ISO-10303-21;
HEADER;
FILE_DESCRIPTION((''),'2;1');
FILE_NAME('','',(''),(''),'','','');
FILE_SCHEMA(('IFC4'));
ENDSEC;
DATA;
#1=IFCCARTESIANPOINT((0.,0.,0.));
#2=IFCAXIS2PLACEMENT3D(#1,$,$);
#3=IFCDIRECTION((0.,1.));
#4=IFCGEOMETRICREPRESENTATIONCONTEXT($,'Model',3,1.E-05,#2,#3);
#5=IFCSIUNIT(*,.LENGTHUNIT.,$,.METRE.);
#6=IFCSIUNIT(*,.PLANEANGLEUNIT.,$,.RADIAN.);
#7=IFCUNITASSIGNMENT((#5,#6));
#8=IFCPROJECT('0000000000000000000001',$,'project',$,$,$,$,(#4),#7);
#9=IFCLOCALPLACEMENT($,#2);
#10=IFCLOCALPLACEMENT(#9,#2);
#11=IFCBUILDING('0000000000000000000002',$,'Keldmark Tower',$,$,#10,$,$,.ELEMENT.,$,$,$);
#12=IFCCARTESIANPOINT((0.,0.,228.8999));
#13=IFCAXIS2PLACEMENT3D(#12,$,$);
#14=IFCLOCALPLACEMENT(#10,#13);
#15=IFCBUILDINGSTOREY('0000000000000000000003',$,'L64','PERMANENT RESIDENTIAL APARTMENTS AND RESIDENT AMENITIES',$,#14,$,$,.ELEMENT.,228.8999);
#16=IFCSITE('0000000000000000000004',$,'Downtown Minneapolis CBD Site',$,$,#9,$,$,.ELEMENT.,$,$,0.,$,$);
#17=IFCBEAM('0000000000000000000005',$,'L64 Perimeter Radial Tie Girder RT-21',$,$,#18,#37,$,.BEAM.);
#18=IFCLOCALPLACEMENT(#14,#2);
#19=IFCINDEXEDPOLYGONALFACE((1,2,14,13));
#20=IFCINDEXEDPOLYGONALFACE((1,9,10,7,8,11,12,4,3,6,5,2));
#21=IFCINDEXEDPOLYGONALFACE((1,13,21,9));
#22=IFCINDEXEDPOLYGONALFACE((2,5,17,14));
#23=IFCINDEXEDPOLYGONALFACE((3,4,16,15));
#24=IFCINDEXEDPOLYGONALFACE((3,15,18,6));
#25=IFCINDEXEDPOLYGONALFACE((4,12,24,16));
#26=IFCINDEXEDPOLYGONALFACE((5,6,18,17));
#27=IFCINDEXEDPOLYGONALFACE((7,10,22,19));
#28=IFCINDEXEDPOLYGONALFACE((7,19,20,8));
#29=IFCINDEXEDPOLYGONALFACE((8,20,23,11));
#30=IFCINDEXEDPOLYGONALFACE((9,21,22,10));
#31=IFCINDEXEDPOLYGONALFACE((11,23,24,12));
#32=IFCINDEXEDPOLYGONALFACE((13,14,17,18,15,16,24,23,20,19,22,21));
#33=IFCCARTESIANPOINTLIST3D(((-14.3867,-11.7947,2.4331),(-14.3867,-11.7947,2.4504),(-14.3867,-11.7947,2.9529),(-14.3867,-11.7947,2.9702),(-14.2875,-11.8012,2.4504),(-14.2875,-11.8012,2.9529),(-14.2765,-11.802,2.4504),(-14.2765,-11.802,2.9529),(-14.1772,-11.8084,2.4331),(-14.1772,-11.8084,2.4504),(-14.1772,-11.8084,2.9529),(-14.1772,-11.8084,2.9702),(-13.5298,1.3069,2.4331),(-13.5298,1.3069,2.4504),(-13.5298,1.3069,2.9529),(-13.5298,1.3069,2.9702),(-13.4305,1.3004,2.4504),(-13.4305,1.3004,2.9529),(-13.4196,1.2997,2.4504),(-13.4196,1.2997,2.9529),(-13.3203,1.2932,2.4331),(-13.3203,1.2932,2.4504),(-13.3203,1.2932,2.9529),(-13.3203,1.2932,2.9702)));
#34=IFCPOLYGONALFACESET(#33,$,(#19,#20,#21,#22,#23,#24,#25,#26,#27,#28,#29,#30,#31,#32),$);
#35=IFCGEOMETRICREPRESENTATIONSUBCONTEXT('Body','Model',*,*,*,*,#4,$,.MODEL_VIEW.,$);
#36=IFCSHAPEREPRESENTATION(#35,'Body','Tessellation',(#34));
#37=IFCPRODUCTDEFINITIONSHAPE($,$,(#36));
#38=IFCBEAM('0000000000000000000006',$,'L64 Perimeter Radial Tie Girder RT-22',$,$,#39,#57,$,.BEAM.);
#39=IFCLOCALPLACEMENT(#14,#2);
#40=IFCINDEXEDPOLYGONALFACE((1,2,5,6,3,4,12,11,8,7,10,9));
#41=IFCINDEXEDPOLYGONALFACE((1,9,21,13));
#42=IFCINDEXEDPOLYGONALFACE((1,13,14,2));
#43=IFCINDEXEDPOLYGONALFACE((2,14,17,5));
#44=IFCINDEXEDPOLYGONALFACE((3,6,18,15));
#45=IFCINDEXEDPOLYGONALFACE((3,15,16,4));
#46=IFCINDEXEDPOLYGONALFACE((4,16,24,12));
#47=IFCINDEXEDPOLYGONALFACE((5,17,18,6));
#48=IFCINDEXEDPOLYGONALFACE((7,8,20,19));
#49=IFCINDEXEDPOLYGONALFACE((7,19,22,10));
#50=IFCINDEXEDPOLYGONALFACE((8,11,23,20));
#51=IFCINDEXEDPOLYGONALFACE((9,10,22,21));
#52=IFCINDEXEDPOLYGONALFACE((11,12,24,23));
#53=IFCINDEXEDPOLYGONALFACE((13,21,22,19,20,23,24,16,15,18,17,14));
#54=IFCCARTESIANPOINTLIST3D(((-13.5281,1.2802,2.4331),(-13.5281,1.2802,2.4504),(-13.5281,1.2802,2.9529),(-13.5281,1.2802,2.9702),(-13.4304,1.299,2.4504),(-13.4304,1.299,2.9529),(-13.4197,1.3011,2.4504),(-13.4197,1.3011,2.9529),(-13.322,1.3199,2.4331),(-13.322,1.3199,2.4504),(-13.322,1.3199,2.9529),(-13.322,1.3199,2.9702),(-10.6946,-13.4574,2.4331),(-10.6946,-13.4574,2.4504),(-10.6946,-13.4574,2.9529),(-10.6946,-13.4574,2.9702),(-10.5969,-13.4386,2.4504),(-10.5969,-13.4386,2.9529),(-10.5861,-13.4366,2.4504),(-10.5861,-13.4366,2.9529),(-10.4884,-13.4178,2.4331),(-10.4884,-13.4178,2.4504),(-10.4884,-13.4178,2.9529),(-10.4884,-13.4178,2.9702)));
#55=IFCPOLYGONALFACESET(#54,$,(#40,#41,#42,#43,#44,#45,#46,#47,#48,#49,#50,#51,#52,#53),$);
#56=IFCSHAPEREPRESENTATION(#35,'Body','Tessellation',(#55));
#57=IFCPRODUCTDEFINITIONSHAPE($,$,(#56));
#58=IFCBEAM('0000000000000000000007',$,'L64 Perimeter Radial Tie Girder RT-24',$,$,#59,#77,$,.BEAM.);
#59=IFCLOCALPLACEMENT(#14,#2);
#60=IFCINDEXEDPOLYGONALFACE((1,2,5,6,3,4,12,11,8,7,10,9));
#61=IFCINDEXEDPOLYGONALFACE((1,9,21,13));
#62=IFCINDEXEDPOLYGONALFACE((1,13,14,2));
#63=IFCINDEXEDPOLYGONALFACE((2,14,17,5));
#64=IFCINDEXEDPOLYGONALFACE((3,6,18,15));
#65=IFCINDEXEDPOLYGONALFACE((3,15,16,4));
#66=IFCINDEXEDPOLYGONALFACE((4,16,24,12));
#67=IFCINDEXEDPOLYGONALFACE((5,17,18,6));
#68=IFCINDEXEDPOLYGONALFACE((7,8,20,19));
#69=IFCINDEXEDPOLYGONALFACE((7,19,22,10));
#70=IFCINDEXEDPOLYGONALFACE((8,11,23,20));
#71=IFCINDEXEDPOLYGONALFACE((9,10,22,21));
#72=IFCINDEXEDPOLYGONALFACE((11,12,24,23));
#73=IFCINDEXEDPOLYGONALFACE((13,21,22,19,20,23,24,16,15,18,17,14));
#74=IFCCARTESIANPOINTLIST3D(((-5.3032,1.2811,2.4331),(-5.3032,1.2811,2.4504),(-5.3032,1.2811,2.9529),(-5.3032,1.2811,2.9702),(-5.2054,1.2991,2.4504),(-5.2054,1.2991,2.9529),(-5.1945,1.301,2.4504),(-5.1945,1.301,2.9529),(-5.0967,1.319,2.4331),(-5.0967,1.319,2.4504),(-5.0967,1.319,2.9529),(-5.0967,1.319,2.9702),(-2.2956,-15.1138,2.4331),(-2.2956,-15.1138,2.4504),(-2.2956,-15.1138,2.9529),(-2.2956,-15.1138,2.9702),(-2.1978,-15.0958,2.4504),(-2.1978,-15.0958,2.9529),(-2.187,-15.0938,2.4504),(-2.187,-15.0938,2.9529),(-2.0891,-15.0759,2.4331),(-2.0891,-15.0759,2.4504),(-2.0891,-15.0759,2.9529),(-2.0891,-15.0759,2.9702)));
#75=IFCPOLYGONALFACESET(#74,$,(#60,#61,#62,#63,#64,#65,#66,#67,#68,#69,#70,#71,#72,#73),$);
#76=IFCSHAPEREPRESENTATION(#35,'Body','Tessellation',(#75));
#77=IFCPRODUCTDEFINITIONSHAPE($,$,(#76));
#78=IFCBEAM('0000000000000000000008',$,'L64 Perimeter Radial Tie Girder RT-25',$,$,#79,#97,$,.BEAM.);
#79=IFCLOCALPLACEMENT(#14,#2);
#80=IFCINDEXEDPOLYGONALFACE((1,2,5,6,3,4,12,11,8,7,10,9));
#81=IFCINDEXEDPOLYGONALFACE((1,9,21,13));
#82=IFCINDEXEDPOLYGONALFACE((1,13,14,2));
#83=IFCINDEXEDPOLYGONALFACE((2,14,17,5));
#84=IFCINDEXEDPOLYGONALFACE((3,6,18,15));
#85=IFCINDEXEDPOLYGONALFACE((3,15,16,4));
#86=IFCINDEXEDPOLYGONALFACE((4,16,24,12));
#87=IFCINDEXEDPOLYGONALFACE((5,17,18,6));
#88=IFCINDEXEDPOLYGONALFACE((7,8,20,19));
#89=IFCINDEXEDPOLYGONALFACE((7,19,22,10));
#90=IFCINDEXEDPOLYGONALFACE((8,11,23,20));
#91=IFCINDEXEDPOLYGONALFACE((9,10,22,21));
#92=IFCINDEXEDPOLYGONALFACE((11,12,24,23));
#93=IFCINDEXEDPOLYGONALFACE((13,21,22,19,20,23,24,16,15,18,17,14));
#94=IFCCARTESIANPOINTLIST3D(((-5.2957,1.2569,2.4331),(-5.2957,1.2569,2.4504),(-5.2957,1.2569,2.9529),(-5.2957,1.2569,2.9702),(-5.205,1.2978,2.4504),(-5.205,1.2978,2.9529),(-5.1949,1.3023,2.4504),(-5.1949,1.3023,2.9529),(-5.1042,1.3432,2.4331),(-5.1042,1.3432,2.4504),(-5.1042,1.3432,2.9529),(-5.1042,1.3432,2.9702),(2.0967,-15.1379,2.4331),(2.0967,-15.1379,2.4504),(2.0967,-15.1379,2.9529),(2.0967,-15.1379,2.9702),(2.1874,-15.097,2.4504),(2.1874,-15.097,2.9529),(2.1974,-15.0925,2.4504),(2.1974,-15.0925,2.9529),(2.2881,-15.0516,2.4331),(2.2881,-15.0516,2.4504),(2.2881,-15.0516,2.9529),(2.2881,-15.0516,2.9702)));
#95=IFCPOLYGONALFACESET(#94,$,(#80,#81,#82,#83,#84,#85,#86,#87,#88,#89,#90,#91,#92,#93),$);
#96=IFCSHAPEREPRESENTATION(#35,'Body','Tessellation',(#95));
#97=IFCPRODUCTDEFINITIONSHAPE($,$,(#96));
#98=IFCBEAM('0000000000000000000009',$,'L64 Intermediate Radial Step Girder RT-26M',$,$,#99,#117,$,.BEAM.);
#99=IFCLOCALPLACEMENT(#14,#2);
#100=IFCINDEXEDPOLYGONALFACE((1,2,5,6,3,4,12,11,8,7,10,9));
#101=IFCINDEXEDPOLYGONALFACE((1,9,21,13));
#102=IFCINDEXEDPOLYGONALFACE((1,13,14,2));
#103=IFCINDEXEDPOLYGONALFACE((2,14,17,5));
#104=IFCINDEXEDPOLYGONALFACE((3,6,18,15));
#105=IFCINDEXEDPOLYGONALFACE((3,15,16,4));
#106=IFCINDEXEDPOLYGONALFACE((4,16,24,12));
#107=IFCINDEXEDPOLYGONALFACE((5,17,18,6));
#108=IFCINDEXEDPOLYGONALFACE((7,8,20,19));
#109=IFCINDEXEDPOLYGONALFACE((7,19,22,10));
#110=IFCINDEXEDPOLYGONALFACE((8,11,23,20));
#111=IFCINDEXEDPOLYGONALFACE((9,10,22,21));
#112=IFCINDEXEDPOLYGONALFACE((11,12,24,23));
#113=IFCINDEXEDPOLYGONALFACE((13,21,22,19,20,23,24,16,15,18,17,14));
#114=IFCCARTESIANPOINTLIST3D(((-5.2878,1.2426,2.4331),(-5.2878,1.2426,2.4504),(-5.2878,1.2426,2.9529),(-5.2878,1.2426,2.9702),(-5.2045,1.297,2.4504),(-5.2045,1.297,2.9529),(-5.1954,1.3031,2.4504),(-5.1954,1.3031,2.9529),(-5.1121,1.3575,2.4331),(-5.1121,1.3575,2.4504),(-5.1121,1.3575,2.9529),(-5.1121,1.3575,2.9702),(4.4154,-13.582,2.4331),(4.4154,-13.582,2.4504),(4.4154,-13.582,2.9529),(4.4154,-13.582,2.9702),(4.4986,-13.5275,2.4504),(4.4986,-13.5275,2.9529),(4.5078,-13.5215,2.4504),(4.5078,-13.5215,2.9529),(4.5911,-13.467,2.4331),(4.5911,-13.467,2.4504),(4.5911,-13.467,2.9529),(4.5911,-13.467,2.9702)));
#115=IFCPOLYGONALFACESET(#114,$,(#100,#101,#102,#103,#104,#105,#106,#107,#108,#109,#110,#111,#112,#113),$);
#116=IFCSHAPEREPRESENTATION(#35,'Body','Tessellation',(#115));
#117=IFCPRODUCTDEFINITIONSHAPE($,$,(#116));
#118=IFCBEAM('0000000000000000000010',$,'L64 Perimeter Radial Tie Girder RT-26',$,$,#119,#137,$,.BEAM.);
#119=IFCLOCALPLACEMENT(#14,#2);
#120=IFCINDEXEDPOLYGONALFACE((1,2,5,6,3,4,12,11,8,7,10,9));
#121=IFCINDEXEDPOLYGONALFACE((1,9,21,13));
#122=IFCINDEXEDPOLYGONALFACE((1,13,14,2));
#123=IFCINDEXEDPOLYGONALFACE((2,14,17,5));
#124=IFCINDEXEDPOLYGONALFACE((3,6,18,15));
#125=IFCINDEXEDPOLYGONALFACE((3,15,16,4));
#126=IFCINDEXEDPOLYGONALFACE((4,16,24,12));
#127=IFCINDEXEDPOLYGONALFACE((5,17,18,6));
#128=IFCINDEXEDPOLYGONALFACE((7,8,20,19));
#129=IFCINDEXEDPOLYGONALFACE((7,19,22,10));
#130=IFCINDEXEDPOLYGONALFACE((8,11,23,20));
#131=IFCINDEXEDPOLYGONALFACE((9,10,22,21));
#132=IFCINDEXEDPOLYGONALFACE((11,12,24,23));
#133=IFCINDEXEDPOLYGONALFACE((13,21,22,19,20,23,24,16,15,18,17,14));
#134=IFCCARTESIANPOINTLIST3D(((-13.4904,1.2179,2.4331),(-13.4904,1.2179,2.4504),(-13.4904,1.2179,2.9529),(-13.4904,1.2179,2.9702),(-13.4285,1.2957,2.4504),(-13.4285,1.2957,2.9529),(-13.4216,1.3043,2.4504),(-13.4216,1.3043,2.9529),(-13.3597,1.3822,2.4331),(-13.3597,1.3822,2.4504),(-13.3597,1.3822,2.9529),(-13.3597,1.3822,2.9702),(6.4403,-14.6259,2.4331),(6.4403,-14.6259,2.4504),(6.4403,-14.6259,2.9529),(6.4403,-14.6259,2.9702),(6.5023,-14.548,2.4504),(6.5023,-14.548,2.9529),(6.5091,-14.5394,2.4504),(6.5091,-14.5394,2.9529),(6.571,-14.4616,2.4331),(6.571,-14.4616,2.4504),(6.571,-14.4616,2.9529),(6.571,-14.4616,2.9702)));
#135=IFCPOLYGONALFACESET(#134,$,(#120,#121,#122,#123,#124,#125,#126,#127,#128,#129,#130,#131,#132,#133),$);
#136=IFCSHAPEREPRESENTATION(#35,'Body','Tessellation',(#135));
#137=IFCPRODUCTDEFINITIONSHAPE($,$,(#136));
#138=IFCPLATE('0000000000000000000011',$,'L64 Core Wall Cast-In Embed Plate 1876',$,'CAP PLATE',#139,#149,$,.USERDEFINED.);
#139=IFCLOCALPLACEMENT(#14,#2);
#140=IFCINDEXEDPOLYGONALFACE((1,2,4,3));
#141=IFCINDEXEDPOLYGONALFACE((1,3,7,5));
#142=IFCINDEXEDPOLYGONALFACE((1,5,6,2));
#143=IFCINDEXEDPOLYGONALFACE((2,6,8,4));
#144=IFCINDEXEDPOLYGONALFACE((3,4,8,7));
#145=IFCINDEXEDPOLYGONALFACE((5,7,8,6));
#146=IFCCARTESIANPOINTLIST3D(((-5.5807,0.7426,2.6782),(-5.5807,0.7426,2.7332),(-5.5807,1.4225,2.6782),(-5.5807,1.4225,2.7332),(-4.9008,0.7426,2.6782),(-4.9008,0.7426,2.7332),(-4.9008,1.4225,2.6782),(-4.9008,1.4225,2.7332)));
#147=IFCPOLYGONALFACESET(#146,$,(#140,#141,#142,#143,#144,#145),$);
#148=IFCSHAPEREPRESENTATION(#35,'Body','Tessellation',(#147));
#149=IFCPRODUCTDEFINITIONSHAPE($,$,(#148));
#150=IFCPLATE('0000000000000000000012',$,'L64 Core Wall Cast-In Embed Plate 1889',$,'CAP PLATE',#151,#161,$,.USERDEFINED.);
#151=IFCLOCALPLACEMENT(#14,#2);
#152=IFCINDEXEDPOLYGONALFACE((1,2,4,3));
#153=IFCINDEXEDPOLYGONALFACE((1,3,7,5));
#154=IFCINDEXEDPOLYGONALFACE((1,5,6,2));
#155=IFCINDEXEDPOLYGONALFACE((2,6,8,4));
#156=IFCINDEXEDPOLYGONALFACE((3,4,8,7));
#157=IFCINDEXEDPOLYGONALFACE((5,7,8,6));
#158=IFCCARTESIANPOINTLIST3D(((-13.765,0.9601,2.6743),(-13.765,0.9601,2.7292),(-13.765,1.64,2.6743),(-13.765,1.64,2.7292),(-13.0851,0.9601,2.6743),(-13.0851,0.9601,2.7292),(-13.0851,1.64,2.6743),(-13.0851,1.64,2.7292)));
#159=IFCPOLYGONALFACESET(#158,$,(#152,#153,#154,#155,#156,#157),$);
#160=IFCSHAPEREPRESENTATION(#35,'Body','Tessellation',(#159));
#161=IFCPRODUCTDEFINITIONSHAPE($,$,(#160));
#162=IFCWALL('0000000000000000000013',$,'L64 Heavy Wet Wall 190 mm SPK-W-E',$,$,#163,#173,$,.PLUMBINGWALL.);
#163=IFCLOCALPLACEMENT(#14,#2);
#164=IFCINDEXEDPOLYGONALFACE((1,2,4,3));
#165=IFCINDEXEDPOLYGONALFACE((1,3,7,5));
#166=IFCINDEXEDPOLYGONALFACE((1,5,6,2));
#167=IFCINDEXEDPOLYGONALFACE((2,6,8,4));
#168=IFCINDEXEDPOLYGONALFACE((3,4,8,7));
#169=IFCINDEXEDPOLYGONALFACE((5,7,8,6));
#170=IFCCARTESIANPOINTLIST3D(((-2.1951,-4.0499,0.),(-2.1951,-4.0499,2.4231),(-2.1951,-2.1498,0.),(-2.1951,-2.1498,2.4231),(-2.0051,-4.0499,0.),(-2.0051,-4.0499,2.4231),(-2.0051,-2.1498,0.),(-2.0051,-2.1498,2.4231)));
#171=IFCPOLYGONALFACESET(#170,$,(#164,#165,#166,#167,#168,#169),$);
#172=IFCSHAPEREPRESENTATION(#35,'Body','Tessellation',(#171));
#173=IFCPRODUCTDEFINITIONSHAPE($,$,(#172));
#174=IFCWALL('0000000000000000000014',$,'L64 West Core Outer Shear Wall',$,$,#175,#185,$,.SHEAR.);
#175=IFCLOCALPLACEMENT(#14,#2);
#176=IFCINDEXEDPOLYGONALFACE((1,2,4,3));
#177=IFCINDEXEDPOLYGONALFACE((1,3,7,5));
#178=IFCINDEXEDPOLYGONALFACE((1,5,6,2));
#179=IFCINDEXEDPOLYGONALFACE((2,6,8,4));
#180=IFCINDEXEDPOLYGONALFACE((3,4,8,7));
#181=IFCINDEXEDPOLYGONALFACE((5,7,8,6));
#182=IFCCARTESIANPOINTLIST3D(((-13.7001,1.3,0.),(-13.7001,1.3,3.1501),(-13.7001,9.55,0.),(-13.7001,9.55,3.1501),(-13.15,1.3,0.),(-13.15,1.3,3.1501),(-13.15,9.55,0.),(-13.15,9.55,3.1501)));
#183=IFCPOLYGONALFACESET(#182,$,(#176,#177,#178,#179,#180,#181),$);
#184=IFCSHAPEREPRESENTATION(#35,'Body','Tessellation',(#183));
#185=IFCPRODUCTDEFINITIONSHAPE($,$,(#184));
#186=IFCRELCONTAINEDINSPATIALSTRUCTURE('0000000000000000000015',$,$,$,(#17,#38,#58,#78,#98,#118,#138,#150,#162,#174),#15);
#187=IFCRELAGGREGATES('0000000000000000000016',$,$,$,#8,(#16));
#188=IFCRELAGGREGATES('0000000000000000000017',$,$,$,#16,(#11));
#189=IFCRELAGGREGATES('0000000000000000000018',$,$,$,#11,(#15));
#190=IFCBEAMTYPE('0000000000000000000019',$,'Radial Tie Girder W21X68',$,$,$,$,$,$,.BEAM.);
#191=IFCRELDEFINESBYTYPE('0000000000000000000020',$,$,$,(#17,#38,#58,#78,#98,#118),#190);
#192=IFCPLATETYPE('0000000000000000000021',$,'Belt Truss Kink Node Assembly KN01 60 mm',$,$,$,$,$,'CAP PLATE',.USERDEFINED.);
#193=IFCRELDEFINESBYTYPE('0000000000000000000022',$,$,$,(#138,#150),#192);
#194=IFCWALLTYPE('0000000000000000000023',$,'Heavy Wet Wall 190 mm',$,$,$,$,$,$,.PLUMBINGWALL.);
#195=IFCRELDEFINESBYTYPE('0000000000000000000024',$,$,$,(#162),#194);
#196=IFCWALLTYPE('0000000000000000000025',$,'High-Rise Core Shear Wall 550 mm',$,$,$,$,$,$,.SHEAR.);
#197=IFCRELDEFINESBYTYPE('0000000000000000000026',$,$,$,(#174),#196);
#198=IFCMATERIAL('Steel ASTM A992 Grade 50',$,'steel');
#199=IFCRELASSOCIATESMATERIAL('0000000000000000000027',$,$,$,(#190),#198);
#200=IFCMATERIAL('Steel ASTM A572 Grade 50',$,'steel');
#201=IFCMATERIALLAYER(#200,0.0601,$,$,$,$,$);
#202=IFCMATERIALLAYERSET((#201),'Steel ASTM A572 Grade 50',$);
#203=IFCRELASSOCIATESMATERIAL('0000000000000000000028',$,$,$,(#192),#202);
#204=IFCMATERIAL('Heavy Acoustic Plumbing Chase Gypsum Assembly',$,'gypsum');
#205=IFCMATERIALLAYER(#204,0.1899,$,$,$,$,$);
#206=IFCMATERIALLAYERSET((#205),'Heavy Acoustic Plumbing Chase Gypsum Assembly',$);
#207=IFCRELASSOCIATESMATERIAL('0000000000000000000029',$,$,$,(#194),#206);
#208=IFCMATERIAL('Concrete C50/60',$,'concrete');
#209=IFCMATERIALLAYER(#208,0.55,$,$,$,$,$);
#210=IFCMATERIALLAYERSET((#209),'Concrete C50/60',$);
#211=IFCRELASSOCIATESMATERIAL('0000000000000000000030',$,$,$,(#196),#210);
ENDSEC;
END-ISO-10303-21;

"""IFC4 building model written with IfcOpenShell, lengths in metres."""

from ifc_helpers import new_model, si_unit, direction, frame, frame_2d, origin, origin_2d, place, context, subcontext, project, spatial, rectangle, i_section, extrude, material, layer, layer_set, material_profile, profile_set, type_object, element, save


model = new_model("IFC4")

# Units and contexts
model_context = context("Model", 3, precision=1e-05, world=origin(), true_north=direction((0.0, 1.0)))
body_context = subcontext(model_context, "Body", "Model", "MODEL_VIEW")
ifc_project = project(units=[si_unit("LENGTHUNIT", "METRE"), si_unit("PLANEANGLEUNIT", "RADIAN")], contexts=[model_context])

# Site, building, storey
site_placement = place(None, origin())
site = spatial("IfcSite", under=ifc_project, at=site_placement, Name="Downtown Minneapolis CBD Site", CompositionType="ELEMENT", RefElevation=0.0)
building_placement = place(site_placement, origin())
building = spatial("IfcBuilding", under=site, at=building_placement, Name="Keldmark Tower", CompositionType="ELEMENT")
storey_placement = place(building_placement, frame((0.0, 0.0, 228.8999)))
storey = spatial("IfcBuildingStorey", under=building, at=storey_placement, Name="L64", Description="PERMANENT RESIDENTIAL APARTMENTS AND RESIDENT AMENITIES", CompositionType="ELEMENT", Elevation=228.8999)

# Beams
ifc_material_1 = material(Name="Steel ASTM A992 Grade 50", Category="steel")
ifc_material_profile_1 = material_profile(ifc_material_1, i_section(OverallWidth=0.21, OverallDepth=0.5371, WebThickness=0.011, FlangeThickness=0.0173, at=origin_2d()), Name="W21X68")
ifc_profile_set_1 = profile_set([ifc_material_profile_1], Name="Steel ASTM A992 Grade 50")
beam_type_1 = type_object("IfcBeamType", Name="Radial Tie Girder W21X68", PredefinedType="BEAM", material=ifc_profile_set_1)
beam_1_placement = place(storey_placement, frame((-13.425, 1.3, 2.7017), z_axis=(-0.065268, -0.997868, 0.0), x_axis=(0.997868, -0.065268, 0.0)))
element("IfcBeam", 1, at=beam_1_placement, inside=storey, type_object=beam_type_1, Name="L64 Perimeter Radial Tie Girder RT-21", PredefinedType="BEAM", context=body_context, shape_type="SweptSolid", body=[
    extrude(i_section(OverallWidth=0.21, OverallDepth=0.5371, WebThickness=0.011, FlangeThickness=0.0173, at=origin_2d()), origin(), (0.0, 0.0, 1.0), 13.1296),
])
beam_2_placement = place(storey_placement, frame((-13.425, 1.3, 2.7017), z_axis=(0.188806, -0.982014, 0.0), x_axis=(0.982014, 0.188806, 0.0)))
element("IfcBeam", 2, at=beam_2_placement, inside=storey, type_object=beam_type_1, Name="L64 Perimeter Radial Tie Girder RT-22", PredefinedType="BEAM", context=body_context, shape_type="SweptSolid", body=[
    extrude(i_section(OverallWidth=0.21, OverallDepth=0.5371, WebThickness=0.011, FlangeThickness=0.0173, at=origin_2d()), origin(), (0.0, 0.0, 1.0), 15.0076),
])
beam_3_placement = place(storey_placement, frame((-5.2, 1.3, 2.7017), z_axis=(0.180436, -0.983587, 0.0), x_axis=(0.983587, 0.180436, 0.0)))
element("IfcBeam", 3, at=beam_3_placement, inside=storey, type_object=beam_type_1, Name="L64 Perimeter Radial Tie Girder RT-24", PredefinedType="BEAM", context=body_context, shape_type="SweptSolid", body=[
    extrude(i_section(OverallWidth=0.21, OverallDepth=0.5371, WebThickness=0.011, FlangeThickness=0.0173, at=origin_2d()), origin(), (0.0, 0.0, 1.0), 16.6685),
])
beam_4_placement = place(storey_placement, frame((-5.2, 1.3, 2.7017), z_axis=(0.411044, -0.911616, 0.0), x_axis=(0.911616, 0.411044, 0.0)))
element("IfcBeam", 4, at=beam_4_placement, inside=storey, type_object=beam_type_1, Name="L64 Perimeter Radial Tie Girder RT-25", PredefinedType="BEAM", context=body_context, shape_type="SweptSolid", body=[
    extrude(i_section(OverallWidth=0.21, OverallDepth=0.5371, WebThickness=0.011, FlangeThickness=0.0173, at=origin_2d()), origin(), (0.0, 0.0, 1.0), 17.9844),
])
beam_5_placement = place(storey_placement, frame((-5.2, 1.3, 2.7017), z_axis=(0.547653, -0.836706, 0.0), x_axis=(0.836706, 0.547653, 0.0)))
element("IfcBeam", 5, at=beam_5_placement, inside=storey, type_object=beam_type_1, Name="L64 Intermediate Radial Step Girder RT-26M", PredefinedType="BEAM", context=body_context, shape_type="SweptSolid", body=[
    extrude(i_section(OverallWidth=0.21, OverallDepth=0.5371, WebThickness=0.011, FlangeThickness=0.0173, at=origin_2d()), origin(), (0.0, 0.0, 1.0), 17.7178),
])
beam_6_placement = place(storey_placement, frame((-13.425, 1.3, 2.7017), z_axis=(0.782796, -0.622278, 0.0), x_axis=(0.622278, 0.782796, 0.0)))
element("IfcBeam", 6, at=beam_6_placement, inside=storey, type_object=beam_type_1, Name="L64 Perimeter Radial Tie Girder RT-26", PredefinedType="BEAM", context=body_context, shape_type="SweptSolid", body=[
    extrude(i_section(OverallWidth=0.21, OverallDepth=0.5371, WebThickness=0.011, FlangeThickness=0.0173, at=origin_2d()), origin(), (0.0, 0.0, 1.0), 25.4609),
])

# Plates
ifc_material_2 = material(Name="Steel ASTM A572 Grade 50", Category="steel")
ifc_layer_1 = layer(ifc_material_2, 0.0601)
ifc_layer_set_1 = layer_set([ifc_layer_1], Name="Steel ASTM A572 Grade 50")
plate_type = type_object("IfcPlateType", Name="Belt Truss Kink Node Assembly KN01 60 mm", ElementType="CAP PLATE", PredefinedType="USERDEFINED", material=ifc_layer_set_1)
for number, where, z_axis, x_axis, name in (
    (7, (-5.2407, 1.0825, 2.6782), (0.0, 0.0, 1.0), (1.0, 0.0, 0.0), "L64 Core Wall Cast-In Embed Plate 1876"),
    (8, (-13.425, 1.3, 2.6743), (0.0, 0.0, 1.0), (1.0, 0.0, 0.0), "L64 Core Wall Cast-In Embed Plate 1889"),
):
    element("IfcPlate", number, at=place(storey_placement, frame(where, z_axis=z_axis, x_axis=x_axis)), inside=storey, type_object=plate_type, Name=name, ObjectType="CAP PLATE", PredefinedType="USERDEFINED", context=body_context, shape_type="SweptSolid", body=[
        extrude(rectangle(XDim=0.6799, YDim=0.6799, at=origin_2d()), origin(), (0.0, 0.0, 1.0), 0.0549),
    ])

# Walls
ifc_material_3 = material(Name="Heavy Acoustic Plumbing Chase Gypsum Assembly", Category="gypsum")
ifc_layer_2 = layer(ifc_material_3, 0.1899)
ifc_layer_set_2 = layer_set([ifc_layer_2], Name="Heavy Acoustic Plumbing Chase Gypsum Assembly")
wall_type_1 = type_object("IfcWallType", Name="Heavy Wet Wall 190 mm", PredefinedType="PLUMBINGWALL", material=ifc_layer_set_2)
wall_1_placement = place(storey_placement, frame((-2.1001, -4.05, 0.0), z_axis=(0.0, 0.0, 1.0), x_axis=(0.0, 1.0, 0.0)))
element("IfcWall", 9, at=wall_1_placement, inside=storey, type_object=wall_type_1, Name="L64 Heavy Wet Wall 190 mm SPK-W-E", PredefinedType="PLUMBINGWALL", context=body_context, shape_type="SweptSolid", body=[
    extrude(rectangle(XDim=1.9001, YDim=0.1899, at=frame_2d((0.9502, 0.0))), origin(), (0.0, 0.0, 1.0), 2.4231),
])
ifc_material_4 = material(Name="Concrete C50/60", Category="concrete")
ifc_layer_3 = layer(ifc_material_4, 0.55)
ifc_layer_set_3 = layer_set([ifc_layer_3], Name="Concrete C50/60")
wall_type_2 = type_object("IfcWallType", Name="High-Rise Core Shear Wall 550 mm", PredefinedType="SHEAR", material=ifc_layer_set_3)
wall_2_placement = place(storey_placement, frame((-13.425, 1.3, 0.0), z_axis=(0.0, 0.0, 1.0), x_axis=(0.0, 1.0, 0.0)))
element("IfcWall", 10, at=wall_2_placement, inside=storey, type_object=wall_type_2, Name="L64 West Core Outer Shear Wall", PredefinedType="SHEAR", context=body_context, shape_type="SweptSolid", body=[
    extrude(rectangle(XDim=8.25, YDim=0.55, at=frame_2d((4.125, 0.0))), origin(), (0.0, 0.0, 1.0), 3.1501),
])

save(model, "model.ifc")
